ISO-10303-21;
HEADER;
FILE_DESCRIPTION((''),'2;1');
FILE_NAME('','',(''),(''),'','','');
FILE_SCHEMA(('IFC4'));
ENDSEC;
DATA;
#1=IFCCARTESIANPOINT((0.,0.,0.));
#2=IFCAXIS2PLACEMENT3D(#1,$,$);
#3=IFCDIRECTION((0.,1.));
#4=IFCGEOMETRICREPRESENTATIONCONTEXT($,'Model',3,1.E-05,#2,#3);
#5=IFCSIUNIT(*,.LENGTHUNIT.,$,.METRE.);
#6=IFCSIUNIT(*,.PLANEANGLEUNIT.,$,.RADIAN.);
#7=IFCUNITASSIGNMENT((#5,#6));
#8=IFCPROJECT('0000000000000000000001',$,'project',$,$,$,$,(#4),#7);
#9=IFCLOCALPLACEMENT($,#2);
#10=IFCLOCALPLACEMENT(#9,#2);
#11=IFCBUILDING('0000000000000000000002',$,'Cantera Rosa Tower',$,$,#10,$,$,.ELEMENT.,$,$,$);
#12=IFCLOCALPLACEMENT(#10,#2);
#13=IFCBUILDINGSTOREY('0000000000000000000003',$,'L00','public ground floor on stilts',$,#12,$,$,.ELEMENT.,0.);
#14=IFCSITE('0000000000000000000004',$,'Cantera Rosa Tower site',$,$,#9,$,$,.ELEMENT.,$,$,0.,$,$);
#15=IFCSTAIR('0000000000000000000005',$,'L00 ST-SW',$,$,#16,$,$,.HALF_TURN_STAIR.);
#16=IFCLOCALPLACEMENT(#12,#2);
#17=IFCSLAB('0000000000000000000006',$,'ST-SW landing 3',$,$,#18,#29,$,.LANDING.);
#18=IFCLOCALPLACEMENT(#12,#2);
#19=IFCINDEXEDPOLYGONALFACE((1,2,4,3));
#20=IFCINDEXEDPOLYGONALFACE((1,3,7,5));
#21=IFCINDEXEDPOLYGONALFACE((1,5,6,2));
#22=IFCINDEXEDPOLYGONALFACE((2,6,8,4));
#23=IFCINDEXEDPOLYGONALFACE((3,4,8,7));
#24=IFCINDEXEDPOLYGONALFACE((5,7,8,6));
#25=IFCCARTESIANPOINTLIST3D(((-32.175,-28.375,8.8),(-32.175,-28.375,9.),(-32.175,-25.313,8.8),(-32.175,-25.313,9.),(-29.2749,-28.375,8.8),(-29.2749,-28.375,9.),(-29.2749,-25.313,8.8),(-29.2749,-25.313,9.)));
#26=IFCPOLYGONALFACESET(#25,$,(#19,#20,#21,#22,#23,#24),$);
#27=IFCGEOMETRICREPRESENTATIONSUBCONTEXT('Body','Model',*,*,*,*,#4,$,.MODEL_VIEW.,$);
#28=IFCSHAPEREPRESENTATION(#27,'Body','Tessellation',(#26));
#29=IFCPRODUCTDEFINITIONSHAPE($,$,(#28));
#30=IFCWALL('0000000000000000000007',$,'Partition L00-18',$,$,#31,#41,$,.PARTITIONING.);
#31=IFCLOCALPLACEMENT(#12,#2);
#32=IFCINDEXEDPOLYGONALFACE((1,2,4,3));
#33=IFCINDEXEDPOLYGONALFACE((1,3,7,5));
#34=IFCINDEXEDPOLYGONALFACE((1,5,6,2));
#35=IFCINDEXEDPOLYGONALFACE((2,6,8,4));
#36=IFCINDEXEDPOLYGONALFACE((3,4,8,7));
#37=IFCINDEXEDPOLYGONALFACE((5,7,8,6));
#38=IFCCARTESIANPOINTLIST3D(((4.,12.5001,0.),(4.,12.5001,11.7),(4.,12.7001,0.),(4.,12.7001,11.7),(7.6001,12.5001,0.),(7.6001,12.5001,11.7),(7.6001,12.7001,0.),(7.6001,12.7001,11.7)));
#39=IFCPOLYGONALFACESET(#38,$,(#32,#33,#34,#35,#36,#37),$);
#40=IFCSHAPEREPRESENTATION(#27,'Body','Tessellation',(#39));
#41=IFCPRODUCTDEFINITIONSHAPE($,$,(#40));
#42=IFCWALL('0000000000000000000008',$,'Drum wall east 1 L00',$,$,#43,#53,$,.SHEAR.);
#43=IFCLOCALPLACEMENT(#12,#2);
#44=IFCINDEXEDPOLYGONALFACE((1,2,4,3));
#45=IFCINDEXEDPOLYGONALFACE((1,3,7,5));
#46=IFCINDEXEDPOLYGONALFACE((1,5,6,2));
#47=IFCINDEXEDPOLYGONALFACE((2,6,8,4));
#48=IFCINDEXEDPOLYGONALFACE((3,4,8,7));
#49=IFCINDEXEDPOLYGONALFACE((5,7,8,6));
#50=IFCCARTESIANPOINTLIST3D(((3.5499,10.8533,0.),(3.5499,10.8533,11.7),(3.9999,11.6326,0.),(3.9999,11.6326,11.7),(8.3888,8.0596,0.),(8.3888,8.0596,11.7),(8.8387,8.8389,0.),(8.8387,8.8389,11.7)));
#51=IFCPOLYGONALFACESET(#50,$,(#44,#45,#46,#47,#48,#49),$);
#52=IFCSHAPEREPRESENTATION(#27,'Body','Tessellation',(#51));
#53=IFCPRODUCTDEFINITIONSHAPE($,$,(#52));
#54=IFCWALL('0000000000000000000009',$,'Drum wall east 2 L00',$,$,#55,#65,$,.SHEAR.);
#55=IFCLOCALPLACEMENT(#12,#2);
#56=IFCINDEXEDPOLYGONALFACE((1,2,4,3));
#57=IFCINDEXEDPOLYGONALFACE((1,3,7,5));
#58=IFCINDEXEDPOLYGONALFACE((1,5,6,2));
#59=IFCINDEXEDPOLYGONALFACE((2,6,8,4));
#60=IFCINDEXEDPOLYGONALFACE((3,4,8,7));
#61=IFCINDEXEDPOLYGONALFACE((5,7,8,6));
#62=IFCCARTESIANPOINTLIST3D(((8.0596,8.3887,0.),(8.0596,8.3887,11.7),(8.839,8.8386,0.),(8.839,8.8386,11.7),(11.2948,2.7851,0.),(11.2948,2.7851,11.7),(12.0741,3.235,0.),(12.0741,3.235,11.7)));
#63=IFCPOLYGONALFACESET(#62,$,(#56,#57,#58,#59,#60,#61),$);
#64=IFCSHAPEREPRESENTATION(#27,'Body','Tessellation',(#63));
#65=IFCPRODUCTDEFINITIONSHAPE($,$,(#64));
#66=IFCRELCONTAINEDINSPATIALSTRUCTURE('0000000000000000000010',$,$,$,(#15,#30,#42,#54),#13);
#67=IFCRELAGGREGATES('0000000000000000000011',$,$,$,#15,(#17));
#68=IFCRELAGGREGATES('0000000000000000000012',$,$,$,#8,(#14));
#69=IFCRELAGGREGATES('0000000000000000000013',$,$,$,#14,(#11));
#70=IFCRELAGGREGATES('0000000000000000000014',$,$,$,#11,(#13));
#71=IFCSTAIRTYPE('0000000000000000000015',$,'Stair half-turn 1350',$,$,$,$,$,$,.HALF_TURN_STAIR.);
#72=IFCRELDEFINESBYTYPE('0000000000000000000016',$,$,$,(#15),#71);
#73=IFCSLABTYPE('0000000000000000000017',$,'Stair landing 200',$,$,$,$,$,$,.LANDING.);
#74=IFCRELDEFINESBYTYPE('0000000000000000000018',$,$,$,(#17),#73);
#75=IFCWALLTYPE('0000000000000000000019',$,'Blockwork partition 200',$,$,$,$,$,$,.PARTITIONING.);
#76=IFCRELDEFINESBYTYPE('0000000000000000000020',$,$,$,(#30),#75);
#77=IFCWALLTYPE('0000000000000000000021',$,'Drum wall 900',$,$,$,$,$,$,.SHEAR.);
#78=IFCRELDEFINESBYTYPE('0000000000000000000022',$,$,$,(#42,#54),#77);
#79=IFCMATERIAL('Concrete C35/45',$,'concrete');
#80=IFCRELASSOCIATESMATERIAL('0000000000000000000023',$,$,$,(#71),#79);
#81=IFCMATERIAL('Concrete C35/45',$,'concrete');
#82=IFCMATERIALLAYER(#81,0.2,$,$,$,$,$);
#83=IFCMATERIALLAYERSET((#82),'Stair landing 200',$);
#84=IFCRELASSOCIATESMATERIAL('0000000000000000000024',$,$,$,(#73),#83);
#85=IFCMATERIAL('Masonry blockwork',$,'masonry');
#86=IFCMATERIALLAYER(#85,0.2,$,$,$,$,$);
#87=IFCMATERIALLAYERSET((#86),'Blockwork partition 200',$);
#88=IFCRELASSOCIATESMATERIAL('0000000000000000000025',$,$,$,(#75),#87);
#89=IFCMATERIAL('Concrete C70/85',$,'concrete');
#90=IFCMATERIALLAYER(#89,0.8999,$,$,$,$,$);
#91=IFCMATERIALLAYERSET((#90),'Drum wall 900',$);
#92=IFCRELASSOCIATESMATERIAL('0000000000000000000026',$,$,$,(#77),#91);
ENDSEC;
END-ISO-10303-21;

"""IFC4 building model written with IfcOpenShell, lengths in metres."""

from ifc_helpers import new_model, si_unit, direction, frame, frame_2d, origin, place, context, subcontext, project, spatial, polyline, rectangle, outline, extrude, material, layer, layer_set, type_object, element, aggregate, save


model = new_model("IFC4")

# Units and contexts
model_context = context("Model", 3, precision=1e-05, world=origin(), true_north=direction((0.0, 1.0)))
body_context = subcontext(model_context, "Body", "Model", "MODEL_VIEW")
ifc_project = project(units=[si_unit("LENGTHUNIT", "METRE"), si_unit("PLANEANGLEUNIT", "RADIAN")], contexts=[model_context])

# Site, building, storey
site_placement = place(None, origin())
site = spatial("IfcSite", under=ifc_project, at=site_placement, Name="Cantera Rosa Tower site", CompositionType="ELEMENT", RefElevation=0.0)
building_placement = place(site_placement, origin())
building = spatial("IfcBuilding", under=site, at=building_placement, Name="Cantera Rosa Tower", CompositionType="ELEMENT")
storey_placement = place(building_placement, origin())
storey = spatial("IfcBuildingStorey", under=building, at=storey_placement, Name="L00", Description="public ground floor on stilts", CompositionType="ELEMENT", Elevation=0.0)

# Stair, slab
ifc_material_1 = material(Name="Concrete C35/45", Category="concrete")
stair_type = type_object("IfcStairType", Name="Stair half-turn 1350", PredefinedType="HALF_TURN_STAIR", material=ifc_material_1)
ifc_material_2 = material(Name="Concrete C35/45", Category="concrete")
ifc_layer_1 = layer(ifc_material_2, 0.2)
ifc_layer_set_1 = layer_set([ifc_layer_1], Name="Stair landing 200")
slab_type = type_object("IfcSlabType", Name="Stair landing 200", PredefinedType="LANDING", material=ifc_layer_set_1)
stair_1_placement = place(storey_placement, origin())
stair_1 = element("IfcStair", 1, at=stair_1_placement, inside=storey, type_object=stair_type, Name="L00 ST-SW", PredefinedType="HALF_TURN_STAIR")
slab_1_placement = place(storey_placement, frame((0.0, 0.0, 8.8)))
slab_1 = element("IfcSlab", 2, at=slab_1_placement, type_object=slab_type, Name="ST-SW landing 3", PredefinedType="LANDING", context=body_context, shape_type="SweptSolid", body=[
    extrude(outline(polyline([(-32.175, -25.313), (-32.175, -28.375), (-29.2749, -28.375), (-29.2749, -25.313), (-32.175, -25.313)])), origin(), (0.0, 0.0, 1.0), 0.2),
])
aggregate(stair_1, [slab_1])

# Walls
ifc_material_3 = material(Name="Masonry blockwork", Category="masonry")
ifc_layer_2 = layer(ifc_material_3, 0.2)
ifc_layer_set_2 = layer_set([ifc_layer_2], Name="Blockwork partition 200")
wall_type_1 = type_object("IfcWallType", Name="Blockwork partition 200", PredefinedType="PARTITIONING", material=ifc_layer_set_2)
wall_1_placement = place(storey_placement, frame((4.0, 12.6001, 0.0), z_axis=(0.0, 0.0, 1.0), x_axis=(1.0, 0.0, 0.0)))
element("IfcWall", 3, at=wall_1_placement, inside=storey, type_object=wall_type_1, Name="Partition L00-18", PredefinedType="PARTITIONING", context=body_context, shape_type="SweptSolid", body=[
    extrude(rectangle(XDim=3.6001, YDim=0.2, at=frame_2d((1.8, 0.0))), origin(), (0.0, 0.0, 1.0), 11.7),
])
ifc_material_4 = material(Name="Concrete C70/85", Category="concrete")
ifc_layer_3 = layer(ifc_material_4, 0.8999)
ifc_layer_set_3 = layer_set([ifc_layer_3], Name="Drum wall 900")
wall_type_2 = type_object("IfcWallType", Name="Drum wall 900", PredefinedType="SHEAR", material=ifc_layer_set_3)
wall_2_placement = place(storey_placement, frame((3.7749, 11.2429, 0.0), z_axis=(0.0, 0.0, 1.0), x_axis=(0.866027, -0.499997, 0.0)))
element("IfcWall", 4, at=wall_2_placement, inside=storey, type_object=wall_type_2, Name="Drum wall east 1 L00", PredefinedType="SHEAR", context=body_context, shape_type="SweptSolid", body=[
    extrude(rectangle(XDim=5.5874, YDim=0.8999, at=frame_2d((2.7937, 0.0))), origin(), (0.0, 0.0, 1.0), 11.7),
])
wall_3_placement = place(storey_placement, frame((8.4492, 8.6138, 0.0), z_axis=(0.0, 0.0, 1.0), x_axis=(0.49999, -0.866031, 0.0)))
element("IfcWall", 5, at=wall_3_placement, inside=storey, type_object=wall_type_2, Name="Drum wall east 2 L00", PredefinedType="SHEAR", context=body_context, shape_type="SweptSolid", body=[
    extrude(rectangle(XDim=6.4705, YDim=0.8999, at=frame_2d((3.2354, 0.0))), origin(), (0.0, 0.0, 1.0), 11.7),
])

save(model, "model.ifc")
